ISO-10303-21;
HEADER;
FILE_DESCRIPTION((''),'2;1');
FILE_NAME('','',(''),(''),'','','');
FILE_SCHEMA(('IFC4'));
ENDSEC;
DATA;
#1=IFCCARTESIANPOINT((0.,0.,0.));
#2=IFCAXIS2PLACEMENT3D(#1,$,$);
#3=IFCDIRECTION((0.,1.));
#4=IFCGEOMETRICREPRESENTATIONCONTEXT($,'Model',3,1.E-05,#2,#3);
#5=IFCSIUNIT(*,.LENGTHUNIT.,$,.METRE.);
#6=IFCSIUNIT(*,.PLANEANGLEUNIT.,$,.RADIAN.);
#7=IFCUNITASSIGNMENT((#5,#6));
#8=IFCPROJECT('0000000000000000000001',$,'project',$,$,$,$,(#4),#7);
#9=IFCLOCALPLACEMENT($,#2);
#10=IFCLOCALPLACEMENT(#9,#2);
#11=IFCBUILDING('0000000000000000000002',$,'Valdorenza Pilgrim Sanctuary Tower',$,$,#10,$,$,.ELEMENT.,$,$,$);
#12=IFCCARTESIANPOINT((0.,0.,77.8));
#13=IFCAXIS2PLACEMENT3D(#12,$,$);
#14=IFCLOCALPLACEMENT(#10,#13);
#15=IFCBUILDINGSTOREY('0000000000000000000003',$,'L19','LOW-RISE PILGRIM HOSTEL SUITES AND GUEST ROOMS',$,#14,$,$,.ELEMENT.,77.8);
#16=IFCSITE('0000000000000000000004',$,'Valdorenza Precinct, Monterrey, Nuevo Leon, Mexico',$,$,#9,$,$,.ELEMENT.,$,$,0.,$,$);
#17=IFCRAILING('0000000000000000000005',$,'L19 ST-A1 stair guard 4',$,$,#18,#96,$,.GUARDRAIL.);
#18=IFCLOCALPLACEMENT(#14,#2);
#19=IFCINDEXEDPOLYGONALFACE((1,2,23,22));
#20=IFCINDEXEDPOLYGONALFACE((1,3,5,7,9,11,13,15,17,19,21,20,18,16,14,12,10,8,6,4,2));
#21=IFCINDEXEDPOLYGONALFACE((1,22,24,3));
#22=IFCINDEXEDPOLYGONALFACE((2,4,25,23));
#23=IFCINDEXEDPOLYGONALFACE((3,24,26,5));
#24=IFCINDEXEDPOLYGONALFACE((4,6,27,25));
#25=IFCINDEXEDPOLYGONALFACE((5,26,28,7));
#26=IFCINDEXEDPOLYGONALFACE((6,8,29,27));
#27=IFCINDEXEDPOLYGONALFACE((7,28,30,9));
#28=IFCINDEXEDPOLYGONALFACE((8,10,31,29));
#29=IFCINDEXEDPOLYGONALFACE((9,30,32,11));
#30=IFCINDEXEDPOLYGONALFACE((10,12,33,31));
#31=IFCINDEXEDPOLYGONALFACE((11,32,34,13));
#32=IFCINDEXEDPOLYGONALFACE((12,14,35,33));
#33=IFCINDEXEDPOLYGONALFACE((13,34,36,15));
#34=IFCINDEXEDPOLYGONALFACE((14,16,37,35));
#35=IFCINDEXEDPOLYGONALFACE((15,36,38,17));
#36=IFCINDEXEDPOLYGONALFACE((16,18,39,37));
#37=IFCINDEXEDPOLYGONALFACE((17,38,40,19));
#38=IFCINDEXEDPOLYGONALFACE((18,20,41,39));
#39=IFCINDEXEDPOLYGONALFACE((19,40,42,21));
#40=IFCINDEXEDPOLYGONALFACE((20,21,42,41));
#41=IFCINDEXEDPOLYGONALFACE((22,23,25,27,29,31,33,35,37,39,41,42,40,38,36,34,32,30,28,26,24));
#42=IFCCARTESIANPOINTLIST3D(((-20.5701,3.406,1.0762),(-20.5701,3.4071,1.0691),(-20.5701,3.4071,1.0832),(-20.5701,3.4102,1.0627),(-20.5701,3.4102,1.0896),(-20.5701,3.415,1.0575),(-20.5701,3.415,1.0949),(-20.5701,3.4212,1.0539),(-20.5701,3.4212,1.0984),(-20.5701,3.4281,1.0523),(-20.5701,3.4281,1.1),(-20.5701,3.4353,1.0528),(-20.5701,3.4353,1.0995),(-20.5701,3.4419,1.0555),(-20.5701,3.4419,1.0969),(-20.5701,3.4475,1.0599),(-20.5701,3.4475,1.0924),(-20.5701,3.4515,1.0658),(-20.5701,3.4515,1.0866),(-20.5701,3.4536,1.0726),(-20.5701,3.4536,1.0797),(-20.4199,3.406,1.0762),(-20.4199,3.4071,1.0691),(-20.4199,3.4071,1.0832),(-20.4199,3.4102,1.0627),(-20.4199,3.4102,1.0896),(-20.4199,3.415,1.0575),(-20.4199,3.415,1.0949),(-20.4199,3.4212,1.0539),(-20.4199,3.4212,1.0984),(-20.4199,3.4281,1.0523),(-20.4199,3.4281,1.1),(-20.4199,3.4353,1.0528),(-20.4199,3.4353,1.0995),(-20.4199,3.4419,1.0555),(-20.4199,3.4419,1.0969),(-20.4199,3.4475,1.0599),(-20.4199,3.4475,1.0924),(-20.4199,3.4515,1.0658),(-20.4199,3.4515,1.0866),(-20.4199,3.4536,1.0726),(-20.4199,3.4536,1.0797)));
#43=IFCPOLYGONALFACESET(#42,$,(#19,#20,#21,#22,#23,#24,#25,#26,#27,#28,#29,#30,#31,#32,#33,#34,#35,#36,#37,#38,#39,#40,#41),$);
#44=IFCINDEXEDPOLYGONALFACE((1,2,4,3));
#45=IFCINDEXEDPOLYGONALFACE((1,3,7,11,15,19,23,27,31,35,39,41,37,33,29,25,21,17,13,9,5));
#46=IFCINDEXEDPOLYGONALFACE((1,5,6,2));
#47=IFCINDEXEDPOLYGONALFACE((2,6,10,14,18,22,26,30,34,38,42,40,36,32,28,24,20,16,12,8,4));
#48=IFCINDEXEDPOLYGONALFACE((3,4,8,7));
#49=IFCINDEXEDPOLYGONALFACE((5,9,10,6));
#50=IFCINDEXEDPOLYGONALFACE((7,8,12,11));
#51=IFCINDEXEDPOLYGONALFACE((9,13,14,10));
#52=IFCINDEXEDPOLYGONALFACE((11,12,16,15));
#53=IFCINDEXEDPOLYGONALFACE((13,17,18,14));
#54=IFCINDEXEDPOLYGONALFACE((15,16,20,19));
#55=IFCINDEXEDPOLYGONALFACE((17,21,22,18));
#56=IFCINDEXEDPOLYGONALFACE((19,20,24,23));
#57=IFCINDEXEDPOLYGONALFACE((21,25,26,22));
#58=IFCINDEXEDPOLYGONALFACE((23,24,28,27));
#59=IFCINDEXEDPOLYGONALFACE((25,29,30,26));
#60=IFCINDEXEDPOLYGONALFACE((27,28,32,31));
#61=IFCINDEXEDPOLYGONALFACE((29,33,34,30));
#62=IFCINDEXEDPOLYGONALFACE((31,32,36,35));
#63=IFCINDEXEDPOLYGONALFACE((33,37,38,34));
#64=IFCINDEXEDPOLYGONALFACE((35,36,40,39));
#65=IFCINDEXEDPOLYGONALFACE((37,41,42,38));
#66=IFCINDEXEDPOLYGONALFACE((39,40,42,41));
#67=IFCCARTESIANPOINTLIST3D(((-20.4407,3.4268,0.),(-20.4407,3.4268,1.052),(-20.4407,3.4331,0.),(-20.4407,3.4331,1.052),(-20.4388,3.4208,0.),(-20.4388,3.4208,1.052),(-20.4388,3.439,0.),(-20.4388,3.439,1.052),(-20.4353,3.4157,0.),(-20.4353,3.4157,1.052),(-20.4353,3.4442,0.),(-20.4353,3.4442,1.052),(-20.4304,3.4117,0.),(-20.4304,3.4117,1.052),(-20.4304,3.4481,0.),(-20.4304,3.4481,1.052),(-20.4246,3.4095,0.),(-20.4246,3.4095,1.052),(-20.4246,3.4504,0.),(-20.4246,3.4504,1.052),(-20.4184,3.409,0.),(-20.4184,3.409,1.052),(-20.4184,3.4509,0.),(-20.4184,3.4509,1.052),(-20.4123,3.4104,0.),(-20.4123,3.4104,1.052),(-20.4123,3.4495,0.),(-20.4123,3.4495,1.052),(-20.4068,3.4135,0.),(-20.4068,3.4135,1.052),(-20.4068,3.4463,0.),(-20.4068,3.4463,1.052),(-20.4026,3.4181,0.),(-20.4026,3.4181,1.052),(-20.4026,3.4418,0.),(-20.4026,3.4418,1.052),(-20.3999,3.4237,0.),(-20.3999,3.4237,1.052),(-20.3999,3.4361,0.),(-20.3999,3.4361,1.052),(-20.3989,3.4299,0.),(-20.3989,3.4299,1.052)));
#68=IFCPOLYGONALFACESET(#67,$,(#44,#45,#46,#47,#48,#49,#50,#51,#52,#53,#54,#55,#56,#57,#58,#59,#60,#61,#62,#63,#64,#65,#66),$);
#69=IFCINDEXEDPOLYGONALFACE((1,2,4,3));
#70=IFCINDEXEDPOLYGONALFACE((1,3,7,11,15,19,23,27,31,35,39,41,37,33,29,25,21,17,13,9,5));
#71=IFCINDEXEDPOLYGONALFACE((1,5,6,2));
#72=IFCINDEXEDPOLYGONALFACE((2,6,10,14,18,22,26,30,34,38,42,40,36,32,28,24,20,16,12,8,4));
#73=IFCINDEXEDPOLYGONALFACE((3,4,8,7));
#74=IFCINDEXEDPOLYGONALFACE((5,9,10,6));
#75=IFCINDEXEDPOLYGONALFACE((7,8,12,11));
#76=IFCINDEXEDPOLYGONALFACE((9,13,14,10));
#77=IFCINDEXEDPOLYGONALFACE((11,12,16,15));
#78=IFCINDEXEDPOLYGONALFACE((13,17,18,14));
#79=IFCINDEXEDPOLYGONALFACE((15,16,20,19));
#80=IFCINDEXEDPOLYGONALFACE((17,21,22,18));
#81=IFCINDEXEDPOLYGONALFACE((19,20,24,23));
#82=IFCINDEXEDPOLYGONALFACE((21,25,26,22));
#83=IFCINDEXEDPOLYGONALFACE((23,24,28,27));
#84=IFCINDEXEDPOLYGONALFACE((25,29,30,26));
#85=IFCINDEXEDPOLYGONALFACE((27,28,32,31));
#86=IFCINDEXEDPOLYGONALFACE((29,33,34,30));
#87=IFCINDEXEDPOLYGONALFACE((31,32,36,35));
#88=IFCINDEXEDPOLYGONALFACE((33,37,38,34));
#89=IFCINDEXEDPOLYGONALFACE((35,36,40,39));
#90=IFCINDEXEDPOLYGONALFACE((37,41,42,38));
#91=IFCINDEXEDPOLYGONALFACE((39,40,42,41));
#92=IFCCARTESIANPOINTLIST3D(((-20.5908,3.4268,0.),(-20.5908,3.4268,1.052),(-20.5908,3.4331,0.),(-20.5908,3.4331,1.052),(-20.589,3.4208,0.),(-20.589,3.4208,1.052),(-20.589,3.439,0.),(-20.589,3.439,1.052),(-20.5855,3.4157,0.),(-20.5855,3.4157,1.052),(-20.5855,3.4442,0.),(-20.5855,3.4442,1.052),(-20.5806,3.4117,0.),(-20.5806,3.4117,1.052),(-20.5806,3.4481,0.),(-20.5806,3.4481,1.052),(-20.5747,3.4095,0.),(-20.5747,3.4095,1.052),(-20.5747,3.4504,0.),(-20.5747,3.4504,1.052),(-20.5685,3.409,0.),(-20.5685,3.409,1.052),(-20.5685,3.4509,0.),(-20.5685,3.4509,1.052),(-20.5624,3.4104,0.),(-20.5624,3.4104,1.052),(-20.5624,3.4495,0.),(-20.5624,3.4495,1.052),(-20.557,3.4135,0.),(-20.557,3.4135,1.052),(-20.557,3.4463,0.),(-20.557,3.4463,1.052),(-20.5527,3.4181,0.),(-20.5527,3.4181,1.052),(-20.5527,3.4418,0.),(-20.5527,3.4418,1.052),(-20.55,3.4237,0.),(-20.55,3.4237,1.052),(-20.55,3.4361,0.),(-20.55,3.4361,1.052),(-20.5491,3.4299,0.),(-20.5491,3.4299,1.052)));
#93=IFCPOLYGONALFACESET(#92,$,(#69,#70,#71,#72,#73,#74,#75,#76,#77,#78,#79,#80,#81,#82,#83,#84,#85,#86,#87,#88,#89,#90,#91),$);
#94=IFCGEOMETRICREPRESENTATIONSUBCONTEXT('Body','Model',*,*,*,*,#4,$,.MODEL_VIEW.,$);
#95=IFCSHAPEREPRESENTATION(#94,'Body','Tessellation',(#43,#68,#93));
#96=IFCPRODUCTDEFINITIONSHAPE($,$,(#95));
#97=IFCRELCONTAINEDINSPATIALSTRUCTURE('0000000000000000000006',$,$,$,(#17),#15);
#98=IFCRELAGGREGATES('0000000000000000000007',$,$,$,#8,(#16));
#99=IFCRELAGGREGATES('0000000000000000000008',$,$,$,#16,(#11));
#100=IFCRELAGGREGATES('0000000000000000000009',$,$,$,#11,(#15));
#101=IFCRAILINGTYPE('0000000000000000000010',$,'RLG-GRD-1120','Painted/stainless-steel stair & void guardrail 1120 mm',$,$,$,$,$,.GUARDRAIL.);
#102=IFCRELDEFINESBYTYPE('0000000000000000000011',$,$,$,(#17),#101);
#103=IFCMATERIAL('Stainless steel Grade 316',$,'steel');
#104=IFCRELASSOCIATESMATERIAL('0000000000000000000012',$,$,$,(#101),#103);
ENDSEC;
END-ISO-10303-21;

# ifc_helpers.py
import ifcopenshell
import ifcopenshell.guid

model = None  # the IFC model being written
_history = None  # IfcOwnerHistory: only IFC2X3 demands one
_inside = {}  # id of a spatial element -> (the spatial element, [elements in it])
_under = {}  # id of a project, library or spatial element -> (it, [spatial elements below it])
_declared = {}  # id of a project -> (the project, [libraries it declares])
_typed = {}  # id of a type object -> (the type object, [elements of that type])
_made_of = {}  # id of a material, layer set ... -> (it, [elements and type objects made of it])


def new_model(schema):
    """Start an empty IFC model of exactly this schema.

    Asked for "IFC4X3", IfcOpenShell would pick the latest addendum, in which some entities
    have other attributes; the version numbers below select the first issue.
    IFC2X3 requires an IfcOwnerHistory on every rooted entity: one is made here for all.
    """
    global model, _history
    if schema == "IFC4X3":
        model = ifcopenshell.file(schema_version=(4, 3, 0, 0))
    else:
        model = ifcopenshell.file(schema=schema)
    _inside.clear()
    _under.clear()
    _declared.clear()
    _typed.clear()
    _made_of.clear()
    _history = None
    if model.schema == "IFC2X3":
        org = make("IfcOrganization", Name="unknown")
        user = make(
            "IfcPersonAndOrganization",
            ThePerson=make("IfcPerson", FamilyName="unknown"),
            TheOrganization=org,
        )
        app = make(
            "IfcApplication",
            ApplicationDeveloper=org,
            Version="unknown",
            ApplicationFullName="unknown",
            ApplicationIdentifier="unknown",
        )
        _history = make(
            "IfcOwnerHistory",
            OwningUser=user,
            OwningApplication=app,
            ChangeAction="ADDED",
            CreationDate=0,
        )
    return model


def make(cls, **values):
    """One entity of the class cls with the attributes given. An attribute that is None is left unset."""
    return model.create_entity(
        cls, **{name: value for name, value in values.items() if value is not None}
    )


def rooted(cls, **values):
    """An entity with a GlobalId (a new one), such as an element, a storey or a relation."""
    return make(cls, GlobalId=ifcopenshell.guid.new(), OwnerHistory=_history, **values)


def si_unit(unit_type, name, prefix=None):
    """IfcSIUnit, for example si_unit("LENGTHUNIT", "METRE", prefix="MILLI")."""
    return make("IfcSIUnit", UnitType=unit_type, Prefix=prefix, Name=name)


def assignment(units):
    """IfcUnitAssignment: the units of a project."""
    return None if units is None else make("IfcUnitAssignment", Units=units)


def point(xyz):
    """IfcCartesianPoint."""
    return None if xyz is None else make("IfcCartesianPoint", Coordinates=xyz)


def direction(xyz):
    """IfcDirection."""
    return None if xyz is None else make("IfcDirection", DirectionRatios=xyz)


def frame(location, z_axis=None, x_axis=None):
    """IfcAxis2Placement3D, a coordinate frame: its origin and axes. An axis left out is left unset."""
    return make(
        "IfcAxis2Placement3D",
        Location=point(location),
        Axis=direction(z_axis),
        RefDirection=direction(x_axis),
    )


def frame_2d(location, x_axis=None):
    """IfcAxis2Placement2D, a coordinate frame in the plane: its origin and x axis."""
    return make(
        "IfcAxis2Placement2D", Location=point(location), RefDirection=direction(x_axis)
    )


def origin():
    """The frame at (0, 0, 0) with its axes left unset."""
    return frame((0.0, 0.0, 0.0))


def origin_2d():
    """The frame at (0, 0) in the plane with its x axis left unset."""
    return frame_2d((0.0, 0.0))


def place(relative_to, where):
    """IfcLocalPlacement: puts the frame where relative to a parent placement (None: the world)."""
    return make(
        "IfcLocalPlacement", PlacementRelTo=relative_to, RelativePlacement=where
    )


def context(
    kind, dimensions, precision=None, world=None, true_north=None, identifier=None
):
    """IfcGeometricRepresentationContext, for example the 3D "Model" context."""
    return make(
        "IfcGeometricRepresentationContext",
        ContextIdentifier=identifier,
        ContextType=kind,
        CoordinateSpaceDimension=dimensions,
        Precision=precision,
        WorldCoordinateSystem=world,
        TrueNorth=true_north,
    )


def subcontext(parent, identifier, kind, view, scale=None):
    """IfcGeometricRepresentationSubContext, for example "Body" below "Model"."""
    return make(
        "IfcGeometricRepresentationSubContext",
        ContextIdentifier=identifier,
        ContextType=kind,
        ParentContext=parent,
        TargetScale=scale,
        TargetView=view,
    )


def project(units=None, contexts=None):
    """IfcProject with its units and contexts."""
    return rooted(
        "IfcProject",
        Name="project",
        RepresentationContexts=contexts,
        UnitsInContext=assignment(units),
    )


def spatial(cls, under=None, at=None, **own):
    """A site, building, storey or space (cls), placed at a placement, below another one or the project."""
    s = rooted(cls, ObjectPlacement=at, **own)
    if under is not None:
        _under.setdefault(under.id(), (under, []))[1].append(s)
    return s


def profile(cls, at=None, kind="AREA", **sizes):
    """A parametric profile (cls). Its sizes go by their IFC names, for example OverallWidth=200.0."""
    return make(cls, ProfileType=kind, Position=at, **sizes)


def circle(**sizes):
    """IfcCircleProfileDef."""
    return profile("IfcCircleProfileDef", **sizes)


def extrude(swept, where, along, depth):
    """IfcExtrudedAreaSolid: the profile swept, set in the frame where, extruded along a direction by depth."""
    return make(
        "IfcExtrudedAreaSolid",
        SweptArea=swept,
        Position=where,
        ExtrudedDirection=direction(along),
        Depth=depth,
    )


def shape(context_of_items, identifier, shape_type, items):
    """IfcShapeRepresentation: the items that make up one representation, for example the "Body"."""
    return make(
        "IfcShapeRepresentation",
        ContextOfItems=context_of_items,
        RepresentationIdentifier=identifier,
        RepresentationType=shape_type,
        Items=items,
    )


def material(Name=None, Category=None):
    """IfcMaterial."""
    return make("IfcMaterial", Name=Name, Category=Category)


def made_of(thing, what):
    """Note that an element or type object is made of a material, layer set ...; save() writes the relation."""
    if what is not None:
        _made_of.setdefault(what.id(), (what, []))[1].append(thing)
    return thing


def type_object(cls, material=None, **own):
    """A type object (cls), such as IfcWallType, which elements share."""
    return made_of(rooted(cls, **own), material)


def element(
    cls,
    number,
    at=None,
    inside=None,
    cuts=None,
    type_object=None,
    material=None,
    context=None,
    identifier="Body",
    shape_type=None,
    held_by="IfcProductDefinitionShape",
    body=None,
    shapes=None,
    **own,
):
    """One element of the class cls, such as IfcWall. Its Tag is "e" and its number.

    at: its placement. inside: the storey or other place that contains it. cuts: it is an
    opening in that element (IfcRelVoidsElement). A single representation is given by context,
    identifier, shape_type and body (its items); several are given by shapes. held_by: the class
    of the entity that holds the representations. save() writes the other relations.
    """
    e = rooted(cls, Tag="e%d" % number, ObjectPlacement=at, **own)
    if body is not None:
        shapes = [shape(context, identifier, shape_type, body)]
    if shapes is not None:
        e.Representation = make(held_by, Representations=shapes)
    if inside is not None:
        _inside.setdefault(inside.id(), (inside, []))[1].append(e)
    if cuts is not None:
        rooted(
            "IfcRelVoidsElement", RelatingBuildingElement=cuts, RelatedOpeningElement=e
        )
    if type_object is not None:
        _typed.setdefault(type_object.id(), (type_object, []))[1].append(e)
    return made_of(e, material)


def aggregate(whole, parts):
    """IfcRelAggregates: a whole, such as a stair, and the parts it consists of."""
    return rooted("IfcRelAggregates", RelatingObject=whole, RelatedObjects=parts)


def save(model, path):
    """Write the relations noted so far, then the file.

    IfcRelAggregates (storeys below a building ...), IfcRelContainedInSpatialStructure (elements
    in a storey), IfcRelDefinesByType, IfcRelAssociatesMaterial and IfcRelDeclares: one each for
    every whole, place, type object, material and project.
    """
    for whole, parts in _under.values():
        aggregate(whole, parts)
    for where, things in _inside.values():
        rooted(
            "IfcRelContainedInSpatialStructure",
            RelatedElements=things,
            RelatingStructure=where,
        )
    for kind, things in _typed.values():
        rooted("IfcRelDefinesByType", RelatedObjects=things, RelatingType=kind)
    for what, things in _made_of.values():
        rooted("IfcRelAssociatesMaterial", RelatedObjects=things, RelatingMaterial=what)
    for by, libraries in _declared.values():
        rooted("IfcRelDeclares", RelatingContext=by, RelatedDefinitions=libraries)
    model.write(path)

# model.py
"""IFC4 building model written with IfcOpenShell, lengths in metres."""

from ifc_helpers import new_model, si_unit, direction, frame, origin, origin_2d, place, context, subcontext, project, spatial, circle, extrude, material, type_object, element, save


model = new_model("IFC4")

# Units and contexts
model_context = context("Model", 3, precision=1e-05, world=origin(), true_north=direction((0.0, 1.0)))
body_context = subcontext(model_context, "Body", "Model", "MODEL_VIEW")
ifc_project = project(units=[si_unit("LENGTHUNIT", "METRE"), si_unit("PLANEANGLEUNIT", "RADIAN")], contexts=[model_context])

# Site, building, storey
site_placement = place(None, origin())
site = spatial("IfcSite", under=ifc_project, at=site_placement, Name="Valdorenza Precinct, Monterrey, Nuevo Leon, Mexico", CompositionType="ELEMENT", RefElevation=0.0)
building_placement = place(site_placement, origin())
building = spatial("IfcBuilding", under=site, at=building_placement, Name="Valdorenza Pilgrim Sanctuary Tower", CompositionType="ELEMENT")
storey_placement = place(building_placement, frame((0.0, 0.0, 77.8)))
storey = spatial("IfcBuildingStorey", under=building, at=storey_placement, Name="L19", Description="LOW-RISE PILGRIM HOSTEL SUITES AND GUEST ROOMS", CompositionType="ELEMENT", Elevation=77.8)

# Railing
ifc_material_1 = material(Name="Stainless steel Grade 316", Category="steel")
railing_type_1 = type_object("IfcRailingType", Name="RLG-GRD-1120", Description="Painted/stainless-steel stair & void guardrail 1120 mm", PredefinedType="GUARDRAIL", material=ifc_material_1)
railing_1_placement = place(storey_placement, frame((-20.4199, 3.4299, 0.0)))
element("IfcRailing", 1, at=railing_1_placement, inside=storey, type_object=railing_type_1, Name="L19 ST-A1 stair guard 4", PredefinedType="GUARDRAIL", context=body_context, shape_type="SweptSolid", body=[
    extrude(circle(Radius=0.0239, at=origin_2d()), frame((0.0, 0.0, 1.0762), z_axis=(-1.0, 0.0, 0.0), x_axis=(0.0, -1.0, 0.0)), (0.0, 0.0, 1.0), 0.1501),
    extrude(circle(Radius=0.021, at=origin_2d()), origin(), (0.0, 0.0, 1.0), 1.052),
    extrude(circle(Radius=0.021, at=origin_2d()), frame((-0.1501, 0.0, 0.0)), (0.0, 0.0, 1.0), 1.052),
])

save(model, "model.ifc")
